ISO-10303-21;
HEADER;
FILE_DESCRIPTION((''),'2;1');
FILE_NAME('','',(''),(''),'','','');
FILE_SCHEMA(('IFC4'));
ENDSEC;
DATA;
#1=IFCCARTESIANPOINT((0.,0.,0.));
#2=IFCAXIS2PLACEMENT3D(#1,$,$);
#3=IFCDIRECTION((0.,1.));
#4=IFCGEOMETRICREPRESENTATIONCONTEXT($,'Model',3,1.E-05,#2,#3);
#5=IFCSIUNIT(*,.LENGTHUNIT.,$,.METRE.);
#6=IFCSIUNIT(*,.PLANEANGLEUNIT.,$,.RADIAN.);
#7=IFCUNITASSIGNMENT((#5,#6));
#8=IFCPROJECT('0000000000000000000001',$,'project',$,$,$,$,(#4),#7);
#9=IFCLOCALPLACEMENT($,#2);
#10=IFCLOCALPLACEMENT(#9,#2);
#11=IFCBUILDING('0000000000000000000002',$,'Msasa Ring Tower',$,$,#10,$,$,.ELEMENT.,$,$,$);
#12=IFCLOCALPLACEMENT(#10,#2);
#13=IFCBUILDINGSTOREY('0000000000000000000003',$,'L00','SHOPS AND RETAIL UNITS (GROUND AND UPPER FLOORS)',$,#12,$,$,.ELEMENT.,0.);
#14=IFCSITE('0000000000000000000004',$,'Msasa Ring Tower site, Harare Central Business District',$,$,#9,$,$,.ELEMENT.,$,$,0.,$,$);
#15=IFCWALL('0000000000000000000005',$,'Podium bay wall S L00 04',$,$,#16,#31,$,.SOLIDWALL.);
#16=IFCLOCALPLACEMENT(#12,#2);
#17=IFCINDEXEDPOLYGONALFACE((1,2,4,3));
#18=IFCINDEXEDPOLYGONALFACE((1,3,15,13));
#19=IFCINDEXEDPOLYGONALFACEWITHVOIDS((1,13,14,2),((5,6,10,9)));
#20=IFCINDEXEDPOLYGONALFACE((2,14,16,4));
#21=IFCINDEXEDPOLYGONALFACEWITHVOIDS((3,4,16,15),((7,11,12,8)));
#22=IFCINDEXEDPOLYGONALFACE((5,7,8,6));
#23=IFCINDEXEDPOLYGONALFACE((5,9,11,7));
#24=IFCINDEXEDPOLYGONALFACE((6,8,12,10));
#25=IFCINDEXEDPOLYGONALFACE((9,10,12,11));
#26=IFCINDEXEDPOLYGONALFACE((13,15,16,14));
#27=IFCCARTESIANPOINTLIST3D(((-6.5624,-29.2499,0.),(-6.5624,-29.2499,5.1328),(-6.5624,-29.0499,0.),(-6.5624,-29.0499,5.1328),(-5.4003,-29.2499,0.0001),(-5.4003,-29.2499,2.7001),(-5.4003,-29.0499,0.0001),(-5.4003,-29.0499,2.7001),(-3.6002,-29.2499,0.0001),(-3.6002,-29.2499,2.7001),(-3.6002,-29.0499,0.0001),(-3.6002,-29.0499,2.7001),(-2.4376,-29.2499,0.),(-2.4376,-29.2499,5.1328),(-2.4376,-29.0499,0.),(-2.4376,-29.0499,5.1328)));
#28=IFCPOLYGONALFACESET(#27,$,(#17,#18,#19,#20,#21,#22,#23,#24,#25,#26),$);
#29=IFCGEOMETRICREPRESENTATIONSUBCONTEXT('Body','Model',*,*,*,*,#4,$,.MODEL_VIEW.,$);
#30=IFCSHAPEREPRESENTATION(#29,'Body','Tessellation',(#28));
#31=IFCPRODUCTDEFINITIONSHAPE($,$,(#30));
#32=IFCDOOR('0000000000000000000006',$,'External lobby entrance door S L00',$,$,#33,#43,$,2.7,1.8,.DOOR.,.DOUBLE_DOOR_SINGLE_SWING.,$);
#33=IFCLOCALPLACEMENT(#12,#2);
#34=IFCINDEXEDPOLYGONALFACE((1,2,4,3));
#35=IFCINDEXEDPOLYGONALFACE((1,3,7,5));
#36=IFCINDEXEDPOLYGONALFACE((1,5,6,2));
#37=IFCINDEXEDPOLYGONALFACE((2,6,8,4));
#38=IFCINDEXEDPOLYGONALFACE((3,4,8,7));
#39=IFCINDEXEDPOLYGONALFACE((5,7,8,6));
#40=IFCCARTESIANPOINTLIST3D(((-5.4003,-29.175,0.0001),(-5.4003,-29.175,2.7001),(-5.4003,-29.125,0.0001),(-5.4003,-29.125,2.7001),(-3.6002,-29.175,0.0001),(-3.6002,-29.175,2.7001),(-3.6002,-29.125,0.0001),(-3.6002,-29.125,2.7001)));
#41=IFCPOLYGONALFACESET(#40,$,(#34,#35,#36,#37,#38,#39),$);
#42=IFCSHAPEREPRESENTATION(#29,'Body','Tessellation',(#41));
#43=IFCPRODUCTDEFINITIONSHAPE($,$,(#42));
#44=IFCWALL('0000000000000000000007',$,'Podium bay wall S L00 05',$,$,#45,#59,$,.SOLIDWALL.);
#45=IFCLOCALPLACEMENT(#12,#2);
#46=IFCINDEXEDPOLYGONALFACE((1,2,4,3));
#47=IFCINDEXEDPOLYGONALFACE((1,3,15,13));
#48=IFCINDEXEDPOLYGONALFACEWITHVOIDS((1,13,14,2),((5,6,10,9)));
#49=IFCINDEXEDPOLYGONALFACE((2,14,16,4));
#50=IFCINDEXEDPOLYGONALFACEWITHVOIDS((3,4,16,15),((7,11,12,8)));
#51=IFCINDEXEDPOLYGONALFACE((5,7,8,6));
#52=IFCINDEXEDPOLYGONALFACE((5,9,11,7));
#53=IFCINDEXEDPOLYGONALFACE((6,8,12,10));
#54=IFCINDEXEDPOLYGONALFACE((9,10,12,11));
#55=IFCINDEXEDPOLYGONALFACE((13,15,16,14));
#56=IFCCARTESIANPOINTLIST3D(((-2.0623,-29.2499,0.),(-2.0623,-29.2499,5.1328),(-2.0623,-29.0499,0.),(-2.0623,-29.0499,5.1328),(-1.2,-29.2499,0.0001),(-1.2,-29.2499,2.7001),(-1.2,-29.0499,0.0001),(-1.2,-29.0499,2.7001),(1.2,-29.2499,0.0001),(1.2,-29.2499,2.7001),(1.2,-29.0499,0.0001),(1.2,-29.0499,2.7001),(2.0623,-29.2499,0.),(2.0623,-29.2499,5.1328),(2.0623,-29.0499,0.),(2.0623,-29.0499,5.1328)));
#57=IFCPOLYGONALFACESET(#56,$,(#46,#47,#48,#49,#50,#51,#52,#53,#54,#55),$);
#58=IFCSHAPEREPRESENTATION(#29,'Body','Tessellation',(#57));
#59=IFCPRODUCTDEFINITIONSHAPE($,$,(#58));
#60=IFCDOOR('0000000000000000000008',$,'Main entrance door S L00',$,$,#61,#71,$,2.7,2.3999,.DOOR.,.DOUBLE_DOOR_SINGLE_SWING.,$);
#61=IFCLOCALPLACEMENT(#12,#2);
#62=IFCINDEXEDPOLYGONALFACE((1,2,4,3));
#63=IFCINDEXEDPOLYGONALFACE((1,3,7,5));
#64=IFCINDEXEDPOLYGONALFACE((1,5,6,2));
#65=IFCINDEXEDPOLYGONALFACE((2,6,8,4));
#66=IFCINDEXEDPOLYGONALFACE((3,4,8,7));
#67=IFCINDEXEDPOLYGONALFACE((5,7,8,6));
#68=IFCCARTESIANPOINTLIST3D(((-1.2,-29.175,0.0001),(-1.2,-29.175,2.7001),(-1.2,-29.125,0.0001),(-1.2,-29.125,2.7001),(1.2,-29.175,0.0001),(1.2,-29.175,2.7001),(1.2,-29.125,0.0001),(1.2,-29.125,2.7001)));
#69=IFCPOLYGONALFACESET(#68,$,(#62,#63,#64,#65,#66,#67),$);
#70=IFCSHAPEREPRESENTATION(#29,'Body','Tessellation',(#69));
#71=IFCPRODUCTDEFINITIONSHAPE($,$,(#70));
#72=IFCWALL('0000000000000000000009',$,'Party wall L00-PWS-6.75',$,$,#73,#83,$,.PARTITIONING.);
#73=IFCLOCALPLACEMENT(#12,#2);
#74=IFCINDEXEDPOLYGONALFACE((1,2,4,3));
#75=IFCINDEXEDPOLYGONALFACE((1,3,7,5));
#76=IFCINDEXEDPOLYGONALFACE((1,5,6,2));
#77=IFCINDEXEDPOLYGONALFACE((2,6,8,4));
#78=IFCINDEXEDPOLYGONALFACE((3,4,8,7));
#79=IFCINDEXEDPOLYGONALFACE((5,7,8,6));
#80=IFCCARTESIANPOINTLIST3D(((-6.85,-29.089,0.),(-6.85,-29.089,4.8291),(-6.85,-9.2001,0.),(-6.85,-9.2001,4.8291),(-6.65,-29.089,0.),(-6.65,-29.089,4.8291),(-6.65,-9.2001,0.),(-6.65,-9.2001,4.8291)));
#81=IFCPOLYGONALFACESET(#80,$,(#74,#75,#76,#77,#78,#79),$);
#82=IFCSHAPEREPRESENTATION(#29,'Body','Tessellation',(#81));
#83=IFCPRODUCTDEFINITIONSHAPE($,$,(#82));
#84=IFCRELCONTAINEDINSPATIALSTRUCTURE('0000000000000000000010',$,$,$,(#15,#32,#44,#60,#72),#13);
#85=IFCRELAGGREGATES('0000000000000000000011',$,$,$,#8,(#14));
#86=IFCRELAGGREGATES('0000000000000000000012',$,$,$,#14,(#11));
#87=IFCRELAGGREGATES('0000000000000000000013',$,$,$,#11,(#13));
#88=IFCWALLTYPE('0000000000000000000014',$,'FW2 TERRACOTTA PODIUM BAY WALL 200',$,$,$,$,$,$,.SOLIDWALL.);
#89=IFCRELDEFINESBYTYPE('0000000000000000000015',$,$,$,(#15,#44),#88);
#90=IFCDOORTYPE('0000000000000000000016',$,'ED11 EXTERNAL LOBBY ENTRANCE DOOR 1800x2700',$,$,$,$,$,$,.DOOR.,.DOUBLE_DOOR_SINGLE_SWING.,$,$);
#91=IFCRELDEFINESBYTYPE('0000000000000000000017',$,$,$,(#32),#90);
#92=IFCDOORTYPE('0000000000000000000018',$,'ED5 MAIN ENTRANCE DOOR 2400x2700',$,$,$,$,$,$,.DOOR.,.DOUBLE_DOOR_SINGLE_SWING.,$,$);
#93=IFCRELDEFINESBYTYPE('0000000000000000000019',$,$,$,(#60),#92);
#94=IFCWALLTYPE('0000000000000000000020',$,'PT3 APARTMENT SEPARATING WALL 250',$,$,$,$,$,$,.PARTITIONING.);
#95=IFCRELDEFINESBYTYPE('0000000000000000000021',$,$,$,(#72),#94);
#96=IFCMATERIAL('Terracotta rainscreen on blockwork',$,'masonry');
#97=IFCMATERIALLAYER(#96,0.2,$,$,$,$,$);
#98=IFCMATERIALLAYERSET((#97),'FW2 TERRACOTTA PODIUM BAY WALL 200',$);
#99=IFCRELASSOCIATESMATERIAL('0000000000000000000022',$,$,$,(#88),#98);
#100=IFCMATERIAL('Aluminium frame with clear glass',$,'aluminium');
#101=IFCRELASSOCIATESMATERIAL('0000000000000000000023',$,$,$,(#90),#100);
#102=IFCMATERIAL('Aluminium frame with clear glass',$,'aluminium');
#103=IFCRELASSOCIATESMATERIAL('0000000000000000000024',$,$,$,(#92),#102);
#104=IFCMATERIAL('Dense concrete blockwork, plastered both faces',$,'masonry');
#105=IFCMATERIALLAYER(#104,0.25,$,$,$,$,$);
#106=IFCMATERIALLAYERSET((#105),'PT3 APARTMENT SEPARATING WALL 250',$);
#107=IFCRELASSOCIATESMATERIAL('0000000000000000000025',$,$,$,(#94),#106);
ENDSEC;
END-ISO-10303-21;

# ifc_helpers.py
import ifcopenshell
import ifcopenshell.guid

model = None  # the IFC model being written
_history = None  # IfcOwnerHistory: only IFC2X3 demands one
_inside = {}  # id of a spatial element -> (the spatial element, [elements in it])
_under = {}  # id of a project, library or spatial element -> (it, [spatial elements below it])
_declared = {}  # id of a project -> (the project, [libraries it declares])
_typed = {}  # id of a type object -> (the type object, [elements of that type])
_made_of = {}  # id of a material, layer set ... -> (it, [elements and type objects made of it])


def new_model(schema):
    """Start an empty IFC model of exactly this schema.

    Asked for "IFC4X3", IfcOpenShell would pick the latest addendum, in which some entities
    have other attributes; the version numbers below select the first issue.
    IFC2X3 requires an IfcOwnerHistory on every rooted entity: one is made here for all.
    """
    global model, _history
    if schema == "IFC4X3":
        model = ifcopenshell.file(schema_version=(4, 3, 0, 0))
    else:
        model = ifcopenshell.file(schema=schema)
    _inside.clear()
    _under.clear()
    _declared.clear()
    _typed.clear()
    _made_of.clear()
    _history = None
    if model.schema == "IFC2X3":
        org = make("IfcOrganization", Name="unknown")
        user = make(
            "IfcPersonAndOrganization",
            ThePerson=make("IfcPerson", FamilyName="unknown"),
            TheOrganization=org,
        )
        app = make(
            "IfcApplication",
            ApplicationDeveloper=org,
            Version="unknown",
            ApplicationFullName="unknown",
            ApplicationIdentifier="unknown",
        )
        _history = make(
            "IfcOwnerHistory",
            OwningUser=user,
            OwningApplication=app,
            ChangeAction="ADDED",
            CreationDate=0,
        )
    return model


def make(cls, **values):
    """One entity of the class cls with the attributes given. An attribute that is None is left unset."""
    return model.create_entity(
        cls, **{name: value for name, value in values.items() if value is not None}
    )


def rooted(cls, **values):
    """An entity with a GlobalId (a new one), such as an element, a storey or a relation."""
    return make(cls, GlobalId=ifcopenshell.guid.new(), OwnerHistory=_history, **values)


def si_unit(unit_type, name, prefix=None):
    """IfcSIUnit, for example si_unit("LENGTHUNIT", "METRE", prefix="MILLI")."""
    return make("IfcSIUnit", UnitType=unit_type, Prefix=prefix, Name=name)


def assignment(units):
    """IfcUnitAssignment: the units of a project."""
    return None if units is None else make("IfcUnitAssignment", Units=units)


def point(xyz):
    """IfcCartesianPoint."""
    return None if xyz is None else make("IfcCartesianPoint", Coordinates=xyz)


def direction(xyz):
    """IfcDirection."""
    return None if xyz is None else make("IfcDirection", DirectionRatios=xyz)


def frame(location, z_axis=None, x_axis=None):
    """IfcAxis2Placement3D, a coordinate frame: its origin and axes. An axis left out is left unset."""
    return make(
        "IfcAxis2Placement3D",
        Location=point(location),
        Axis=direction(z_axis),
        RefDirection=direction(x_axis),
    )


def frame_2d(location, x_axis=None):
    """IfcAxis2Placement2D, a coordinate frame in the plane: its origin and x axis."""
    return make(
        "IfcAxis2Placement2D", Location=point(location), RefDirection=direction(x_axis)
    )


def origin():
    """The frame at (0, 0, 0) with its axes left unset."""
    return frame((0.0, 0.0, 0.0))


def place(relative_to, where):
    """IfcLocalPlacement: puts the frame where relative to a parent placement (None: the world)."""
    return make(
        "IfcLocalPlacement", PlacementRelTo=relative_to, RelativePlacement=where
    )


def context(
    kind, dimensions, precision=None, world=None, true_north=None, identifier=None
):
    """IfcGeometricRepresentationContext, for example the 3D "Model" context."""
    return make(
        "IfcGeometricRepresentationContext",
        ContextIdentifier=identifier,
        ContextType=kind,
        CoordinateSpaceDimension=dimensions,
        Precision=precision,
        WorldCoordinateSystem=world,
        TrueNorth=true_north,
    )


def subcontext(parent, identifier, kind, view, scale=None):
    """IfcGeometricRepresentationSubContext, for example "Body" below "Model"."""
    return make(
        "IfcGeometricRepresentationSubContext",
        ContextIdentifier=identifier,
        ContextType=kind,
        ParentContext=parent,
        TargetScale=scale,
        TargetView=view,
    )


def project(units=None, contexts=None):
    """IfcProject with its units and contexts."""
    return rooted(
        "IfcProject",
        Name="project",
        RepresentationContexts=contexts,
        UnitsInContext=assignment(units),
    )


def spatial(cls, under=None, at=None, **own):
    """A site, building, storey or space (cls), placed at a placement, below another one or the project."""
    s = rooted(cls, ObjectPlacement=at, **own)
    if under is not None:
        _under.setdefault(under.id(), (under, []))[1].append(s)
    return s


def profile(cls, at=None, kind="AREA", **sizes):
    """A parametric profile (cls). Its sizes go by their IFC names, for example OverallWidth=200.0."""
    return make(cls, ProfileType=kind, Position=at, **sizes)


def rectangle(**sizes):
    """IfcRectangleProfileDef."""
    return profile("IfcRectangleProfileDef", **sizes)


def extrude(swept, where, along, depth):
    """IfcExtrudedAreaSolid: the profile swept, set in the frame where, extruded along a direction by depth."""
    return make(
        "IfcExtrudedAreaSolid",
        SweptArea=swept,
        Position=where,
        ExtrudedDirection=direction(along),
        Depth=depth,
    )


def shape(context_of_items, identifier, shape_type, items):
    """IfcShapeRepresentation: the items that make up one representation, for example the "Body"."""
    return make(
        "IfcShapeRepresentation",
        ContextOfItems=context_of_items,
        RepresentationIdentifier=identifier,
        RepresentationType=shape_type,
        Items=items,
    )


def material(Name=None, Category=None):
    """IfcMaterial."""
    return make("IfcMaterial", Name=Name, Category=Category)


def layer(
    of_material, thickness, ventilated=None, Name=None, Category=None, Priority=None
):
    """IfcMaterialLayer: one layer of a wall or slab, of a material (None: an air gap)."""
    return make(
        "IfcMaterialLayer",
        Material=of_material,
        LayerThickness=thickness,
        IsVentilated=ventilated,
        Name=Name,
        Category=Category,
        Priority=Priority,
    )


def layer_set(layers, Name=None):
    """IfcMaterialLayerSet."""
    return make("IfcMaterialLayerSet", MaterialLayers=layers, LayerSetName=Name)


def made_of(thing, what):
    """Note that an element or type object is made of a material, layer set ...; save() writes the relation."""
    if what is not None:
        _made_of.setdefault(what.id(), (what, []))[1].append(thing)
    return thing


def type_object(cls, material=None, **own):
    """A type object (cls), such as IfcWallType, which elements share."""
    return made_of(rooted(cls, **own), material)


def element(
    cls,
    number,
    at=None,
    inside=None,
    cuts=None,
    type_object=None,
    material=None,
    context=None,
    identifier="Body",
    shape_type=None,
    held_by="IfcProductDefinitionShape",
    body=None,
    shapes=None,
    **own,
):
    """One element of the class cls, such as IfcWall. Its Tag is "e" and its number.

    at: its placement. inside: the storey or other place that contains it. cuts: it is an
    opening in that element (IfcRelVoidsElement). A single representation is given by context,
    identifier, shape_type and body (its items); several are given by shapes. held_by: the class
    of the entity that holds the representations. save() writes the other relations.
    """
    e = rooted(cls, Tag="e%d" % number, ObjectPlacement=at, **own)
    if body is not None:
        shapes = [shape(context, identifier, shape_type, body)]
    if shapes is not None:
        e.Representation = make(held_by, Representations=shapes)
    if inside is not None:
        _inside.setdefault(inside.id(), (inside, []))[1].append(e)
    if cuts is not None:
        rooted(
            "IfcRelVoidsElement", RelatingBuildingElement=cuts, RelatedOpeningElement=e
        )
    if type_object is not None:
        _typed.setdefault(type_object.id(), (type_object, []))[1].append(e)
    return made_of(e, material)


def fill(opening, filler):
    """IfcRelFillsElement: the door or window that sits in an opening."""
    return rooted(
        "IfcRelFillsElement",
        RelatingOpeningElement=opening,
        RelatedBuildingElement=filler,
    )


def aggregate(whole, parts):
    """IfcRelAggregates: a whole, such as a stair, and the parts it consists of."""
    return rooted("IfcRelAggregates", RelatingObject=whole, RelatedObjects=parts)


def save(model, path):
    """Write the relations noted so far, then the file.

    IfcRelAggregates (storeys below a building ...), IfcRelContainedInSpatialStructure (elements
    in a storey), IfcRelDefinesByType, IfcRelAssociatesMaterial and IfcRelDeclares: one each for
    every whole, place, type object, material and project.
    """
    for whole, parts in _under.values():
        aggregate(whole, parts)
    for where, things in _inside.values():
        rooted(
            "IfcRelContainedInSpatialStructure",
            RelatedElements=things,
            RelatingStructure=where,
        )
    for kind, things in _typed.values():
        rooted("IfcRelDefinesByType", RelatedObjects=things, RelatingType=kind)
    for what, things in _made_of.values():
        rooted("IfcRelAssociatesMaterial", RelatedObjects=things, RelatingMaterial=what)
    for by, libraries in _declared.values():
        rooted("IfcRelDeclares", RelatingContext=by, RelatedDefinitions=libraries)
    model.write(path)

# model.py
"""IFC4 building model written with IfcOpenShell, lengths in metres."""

from ifc_helpers import new_model, si_unit, direction, frame, frame_2d, origin, place, context, subcontext, project, spatial, rectangle, extrude, material, layer, layer_set, type_object, element, fill, save


model = new_model("IFC4")

# Units and contexts
model_context = context("Model", 3, precision=1e-05, world=origin(), true_north=direction((0.0, 1.0)))
body_context = subcontext(model_context, "Body", "Model", "MODEL_VIEW")
ifc_project = project(units=[si_unit("LENGTHUNIT", "METRE"), si_unit("PLANEANGLEUNIT", "RADIAN")], contexts=[model_context])

# Site, building, storey
site_placement = place(None, origin())
site = spatial("IfcSite", under=ifc_project, at=site_placement, Name="Msasa Ring Tower site, Harare Central Business District", CompositionType="ELEMENT", RefElevation=0.0)
building_placement = place(site_placement, origin())
building = spatial("IfcBuilding", under=site, at=building_placement, Name="Msasa Ring Tower", CompositionType="ELEMENT")
storey_placement = place(building_placement, origin())
storey = spatial("IfcBuildingStorey", under=building, at=storey_placement, Name="L00", Description="SHOPS AND RETAIL UNITS (GROUND AND UPPER FLOORS)", CompositionType="ELEMENT", Elevation=0.0)

# Walls, openings, doors
ifc_material_1 = material(Name="Terracotta rainscreen on blockwork", Category="masonry")
ifc_layer_1 = layer(ifc_material_1, 0.2)
ifc_layer_set_1 = layer_set([ifc_layer_1], Name="FW2 TERRACOTTA PODIUM BAY WALL 200")
wall_type_1 = type_object("IfcWallType", Name="FW2 TERRACOTTA PODIUM BAY WALL 200", PredefinedType="SOLIDWALL", material=ifc_layer_set_1)
wall_1_placement = place(storey_placement, frame((-6.5625, -29.1499, 0.0), z_axis=(0.0, 0.0, 1.0), x_axis=(1.0, 0.0, 0.0)))
wall_1 = element("IfcWall", 1, at=wall_1_placement, inside=storey, type_object=wall_type_1, Name="Podium bay wall S L00 04", PredefinedType="SOLIDWALL", context=body_context, shape_type="SweptSolid", body=[
    extrude(rectangle(XDim=4.1248, YDim=0.2, at=frame_2d((2.0625, 0.0))), origin(), (0.0, 0.0, 1.0), 5.1328),
])
opening_1_placement = place(wall_1_placement, frame((1.1624, 0.0, 0.0)))
opening_1 = element("IfcOpeningElement", 2, at=opening_1_placement, cuts=wall_1, PredefinedType="OPENING", context=body_context, shape_type="SweptSolid", body=[
    extrude(rectangle(XDim=1.8, YDim=2.7, at=frame_2d((0.8999, 1.3501))), frame((0.0, 0.1099, 0.0), z_axis=(0.0, -1.0, 0.0), x_axis=(1.0, 0.0, 0.0)), (0.0, 0.0, 1.0), 0.22),
])
ifc_material_2 = material(Name="Aluminium frame with clear glass", Category="aluminium")
door_type_1 = type_object("IfcDoorType", Name="ED11 EXTERNAL LOBBY ENTRANCE DOOR 1800x2700", OperationType="DOUBLE_DOOR_SINGLE_SWING", PredefinedType="DOOR", material=ifc_material_2)
door_1_placement = place(opening_1_placement, origin())
door_1 = element("IfcDoor", 3, at=door_1_placement, inside=storey, type_object=door_type_1, Name="External lobby entrance door S L00", OperationType="DOUBLE_DOOR_SINGLE_SWING", OverallHeight=2.7, OverallWidth=1.8, PredefinedType="DOOR", context=body_context, shape_type="SweptSolid", body=[
    extrude(rectangle(XDim=1.8, YDim=2.7, at=frame_2d((0.8999, 1.3501))), frame((0.0, 0.0249, 0.0), z_axis=(0.0, -1.0, 0.0), x_axis=(1.0, 0.0, 0.0)), (0.0, 0.0, 1.0), 0.05),
])
fill(opening_1, door_1)
wall_2_placement = place(storey_placement, frame((-2.0623, -29.1499, 0.0), z_axis=(0.0, 0.0, 1.0), x_axis=(1.0, 0.0, 0.0)))
wall_2 = element("IfcWall", 4, at=wall_2_placement, inside=storey, type_object=wall_type_1, Name="Podium bay wall S L00 05", PredefinedType="SOLIDWALL", context=body_context, shape_type="SweptSolid", body=[
    extrude(rectangle(XDim=4.1245, YDim=0.2, at=frame_2d((2.0623, 0.0))), origin(), (0.0, 0.0, 1.0), 5.1328),
])
opening_2_placement = place(wall_2_placement, frame((0.8623, 0.0, 0.0)))
opening_2 = element("IfcOpeningElement", 5, at=opening_2_placement, cuts=wall_2, PredefinedType="OPENING", context=body_context, shape_type="SweptSolid", body=[
    extrude(rectangle(XDim=2.3999, YDim=2.7, at=frame_2d((1.2, 1.3501))), frame((0.0, 0.1099, 0.0), z_axis=(0.0, -1.0, 0.0), x_axis=(1.0, 0.0, 0.0)), (0.0, 0.0, 1.0), 0.22),
])
ifc_material_3 = material(Name="Aluminium frame with clear glass", Category="aluminium")
door_type_2 = type_object("IfcDoorType", Name="ED5 MAIN ENTRANCE DOOR 2400x2700", OperationType="DOUBLE_DOOR_SINGLE_SWING", PredefinedType="DOOR", material=ifc_material_3)
door_2_placement = place(opening_2_placement, origin())
door_2 = element("IfcDoor", 6, at=door_2_placement, inside=storey, type_object=door_type_2, Name="Main entrance door S L00", OperationType="DOUBLE_DOOR_SINGLE_SWING", OverallHeight=2.7, OverallWidth=2.3999, PredefinedType="DOOR", context=body_context, shape_type="SweptSolid", body=[
    extrude(rectangle(XDim=2.3999, YDim=2.7, at=frame_2d((1.2, 1.3501))), frame((0.0, 0.0249, 0.0), z_axis=(0.0, -1.0, 0.0), x_axis=(1.0, 0.0, 0.0)), (0.0, 0.0, 1.0), 0.05),
])
fill(opening_2, door_2)

# Wall
ifc_material_4 = material(Name="Dense concrete blockwork, plastered both faces", Category="masonry")
ifc_layer_2 = layer(ifc_material_4, 0.25)
ifc_layer_set_2 = layer_set([ifc_layer_2], Name="PT3 APARTMENT SEPARATING WALL 250")
wall_type_2 = type_object("IfcWallType", Name="PT3 APARTMENT SEPARATING WALL 250", PredefinedType="PARTITIONING", material=ifc_layer_set_2)
wall_3_placement = place(storey_placement, frame((-6.75, -29.0889, 0.0), z_axis=(0.0, 0.0, 1.0), x_axis=(0.0, 1.0, 0.0)))
element("IfcWall", 7, at=wall_3_placement, inside=storey, type_object=wall_type_2, Name="Party wall L00-PWS-6.75", PredefinedType="PARTITIONING", context=body_context, shape_type="SweptSolid", body=[
    extrude(rectangle(XDim=19.8889, YDim=0.2, at=frame_2d((9.9443, 0.0))), origin(), (0.0, 0.0, 1.0), 4.8291),
])

save(model, "model.ifc")
